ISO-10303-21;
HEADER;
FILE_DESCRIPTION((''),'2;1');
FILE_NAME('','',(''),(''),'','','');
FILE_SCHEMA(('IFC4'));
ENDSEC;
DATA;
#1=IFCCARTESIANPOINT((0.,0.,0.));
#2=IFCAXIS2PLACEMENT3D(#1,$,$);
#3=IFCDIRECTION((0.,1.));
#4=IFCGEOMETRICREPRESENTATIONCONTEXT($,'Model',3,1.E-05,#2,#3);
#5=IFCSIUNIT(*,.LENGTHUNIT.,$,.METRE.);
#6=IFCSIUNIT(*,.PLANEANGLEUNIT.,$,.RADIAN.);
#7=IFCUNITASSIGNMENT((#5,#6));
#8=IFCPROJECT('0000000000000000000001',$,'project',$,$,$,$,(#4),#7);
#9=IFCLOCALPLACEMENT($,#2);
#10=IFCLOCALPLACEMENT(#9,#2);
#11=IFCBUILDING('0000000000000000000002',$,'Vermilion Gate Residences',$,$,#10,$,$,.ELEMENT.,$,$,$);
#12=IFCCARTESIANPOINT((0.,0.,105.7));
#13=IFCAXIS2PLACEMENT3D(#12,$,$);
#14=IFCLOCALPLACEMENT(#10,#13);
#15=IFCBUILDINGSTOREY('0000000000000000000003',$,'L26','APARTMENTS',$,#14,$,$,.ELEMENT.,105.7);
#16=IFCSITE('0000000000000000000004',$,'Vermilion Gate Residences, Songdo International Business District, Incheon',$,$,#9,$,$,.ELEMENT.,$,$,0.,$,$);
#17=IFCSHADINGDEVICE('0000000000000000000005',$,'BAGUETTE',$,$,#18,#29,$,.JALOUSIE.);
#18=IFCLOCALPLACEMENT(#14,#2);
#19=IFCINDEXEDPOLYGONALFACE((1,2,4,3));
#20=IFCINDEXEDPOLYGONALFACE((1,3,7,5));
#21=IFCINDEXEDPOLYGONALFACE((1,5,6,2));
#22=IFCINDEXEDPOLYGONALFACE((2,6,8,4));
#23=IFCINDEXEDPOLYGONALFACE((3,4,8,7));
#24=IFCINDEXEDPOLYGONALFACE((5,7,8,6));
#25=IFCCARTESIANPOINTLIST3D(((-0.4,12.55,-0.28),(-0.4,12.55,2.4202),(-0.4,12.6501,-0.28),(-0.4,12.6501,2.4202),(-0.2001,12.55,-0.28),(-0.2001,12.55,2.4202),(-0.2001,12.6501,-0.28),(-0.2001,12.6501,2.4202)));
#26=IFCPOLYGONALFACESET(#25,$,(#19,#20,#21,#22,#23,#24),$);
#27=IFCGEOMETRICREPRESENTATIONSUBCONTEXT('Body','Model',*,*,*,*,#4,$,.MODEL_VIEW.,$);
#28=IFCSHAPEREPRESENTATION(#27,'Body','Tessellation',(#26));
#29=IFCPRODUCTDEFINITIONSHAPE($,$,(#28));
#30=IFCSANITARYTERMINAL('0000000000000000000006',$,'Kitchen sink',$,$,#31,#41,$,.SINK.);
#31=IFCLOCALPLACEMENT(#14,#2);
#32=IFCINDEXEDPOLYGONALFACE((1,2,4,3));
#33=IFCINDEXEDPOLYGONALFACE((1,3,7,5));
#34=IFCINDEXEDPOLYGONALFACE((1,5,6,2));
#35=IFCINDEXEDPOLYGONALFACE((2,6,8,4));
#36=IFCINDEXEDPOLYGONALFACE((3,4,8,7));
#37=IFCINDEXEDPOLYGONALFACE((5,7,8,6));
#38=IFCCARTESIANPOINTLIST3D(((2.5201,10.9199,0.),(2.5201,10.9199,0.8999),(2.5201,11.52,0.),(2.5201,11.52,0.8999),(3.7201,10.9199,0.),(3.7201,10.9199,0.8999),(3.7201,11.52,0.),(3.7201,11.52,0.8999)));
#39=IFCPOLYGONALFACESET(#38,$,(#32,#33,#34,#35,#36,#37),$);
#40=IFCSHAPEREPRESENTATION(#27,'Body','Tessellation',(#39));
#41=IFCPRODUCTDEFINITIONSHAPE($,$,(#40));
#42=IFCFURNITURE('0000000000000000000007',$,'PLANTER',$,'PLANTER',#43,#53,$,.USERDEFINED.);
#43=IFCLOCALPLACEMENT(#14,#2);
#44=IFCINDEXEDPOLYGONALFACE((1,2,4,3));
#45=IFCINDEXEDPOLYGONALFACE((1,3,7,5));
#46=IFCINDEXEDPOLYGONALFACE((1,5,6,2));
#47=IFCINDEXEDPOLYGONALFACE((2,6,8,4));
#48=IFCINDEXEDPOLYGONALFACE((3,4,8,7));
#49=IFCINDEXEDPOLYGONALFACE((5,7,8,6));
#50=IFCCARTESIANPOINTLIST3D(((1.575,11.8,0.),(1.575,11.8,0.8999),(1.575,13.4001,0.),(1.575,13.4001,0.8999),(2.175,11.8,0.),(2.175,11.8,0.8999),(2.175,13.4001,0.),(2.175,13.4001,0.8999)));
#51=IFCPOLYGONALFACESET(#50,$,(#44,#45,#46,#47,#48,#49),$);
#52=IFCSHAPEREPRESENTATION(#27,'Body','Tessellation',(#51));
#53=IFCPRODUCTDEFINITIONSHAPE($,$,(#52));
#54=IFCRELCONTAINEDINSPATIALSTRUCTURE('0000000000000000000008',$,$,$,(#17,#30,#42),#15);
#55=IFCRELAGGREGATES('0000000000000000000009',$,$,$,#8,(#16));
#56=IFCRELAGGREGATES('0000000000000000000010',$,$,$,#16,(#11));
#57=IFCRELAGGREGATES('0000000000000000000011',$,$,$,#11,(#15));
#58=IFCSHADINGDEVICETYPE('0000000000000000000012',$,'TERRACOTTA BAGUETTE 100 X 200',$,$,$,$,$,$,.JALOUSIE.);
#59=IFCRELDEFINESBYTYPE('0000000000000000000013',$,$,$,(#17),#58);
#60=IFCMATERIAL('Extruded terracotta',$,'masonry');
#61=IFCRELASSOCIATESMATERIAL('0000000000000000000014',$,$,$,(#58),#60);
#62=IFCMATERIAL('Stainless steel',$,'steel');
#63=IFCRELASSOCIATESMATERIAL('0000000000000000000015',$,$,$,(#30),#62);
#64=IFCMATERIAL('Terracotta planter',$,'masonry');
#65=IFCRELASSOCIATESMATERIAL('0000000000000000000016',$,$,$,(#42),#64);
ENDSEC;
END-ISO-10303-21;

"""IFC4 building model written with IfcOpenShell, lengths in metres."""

from ifc_helpers import new_model, si_unit, direction, frame, origin, origin_2d, place, context, subcontext, project, spatial, rectangle, extrude, material, material_profile, profile_set, type_object, element, save


model = new_model("IFC4")

# Units and contexts
model_context = context("Model", 3, precision=1e-05, world=origin(), true_north=direction((0.0, 1.0)))
body_context = subcontext(model_context, "Body", "Model", "MODEL_VIEW")
ifc_project = project(units=[si_unit("LENGTHUNIT", "METRE"), si_unit("PLANEANGLEUNIT", "RADIAN")], contexts=[model_context])

# Site, building, storey
site_placement = place(None, origin())
site = spatial("IfcSite", under=ifc_project, at=site_placement, Name="Vermilion Gate Residences, Songdo International Business District, Incheon", CompositionType="ELEMENT", RefElevation=0.0)
building_placement = place(site_placement, origin())
building = spatial("IfcBuilding", under=site, at=building_placement, Name="Vermilion Gate Residences", CompositionType="ELEMENT")
storey_placement = place(building_placement, frame((0.0, 0.0, 105.7)))
storey = spatial("IfcBuildingStorey", under=building, at=storey_placement, Name="L26", Description="APARTMENTS", CompositionType="ELEMENT", Elevation=105.7)

# Shading device
ifc_material_1 = material(Name="Extruded terracotta", Category="masonry")
ifc_material_profile_1 = material_profile(ifc_material_1, rectangle(XDim=0.2, YDim=0.1001, at=origin_2d()), Name="BAGUETTE 100 X 200")
ifc_profile_set_1 = profile_set([ifc_material_profile_1], Name="Extruded terracotta")
shading_device_type = type_object("IfcShadingDeviceType", Name="TERRACOTTA BAGUETTE 100 X 200", PredefinedType="JALOUSIE", material=ifc_profile_set_1)
shading_device_placement = place(storey_placement, frame((-0.3, 12.6001, -0.28), z_axis=(0.0, 0.0, 1.0), x_axis=(1.0, 0.0, 0.0)))
element("IfcShadingDevice", 1, at=shading_device_placement, inside=storey, type_object=shading_device_type, Name="BAGUETTE", PredefinedType="JALOUSIE", context=body_context, shape_type="SweptSolid", body=[
    extrude(rectangle(XDim=0.2, YDim=0.1001, at=origin_2d()), origin(), (0.0, 0.0, 1.0), 2.7002),
])

# Sanitary terminal
ifc_material_2 = material(Name="Stainless steel", Category="steel")
sanitary_terminal_placement = place(storey_placement, frame((3.1201, 11.22, 0.0), z_axis=(0.0, 0.0, 1.0), x_axis=(1.0, 0.0, 0.0)))
element("IfcSanitaryTerminal", 2, at=sanitary_terminal_placement, inside=storey, material=ifc_material_2, Name="Kitchen sink", PredefinedType="SINK", context=body_context, shape_type="SweptSolid", body=[
    extrude(rectangle(XDim=1.2, YDim=0.6001, at=origin_2d()), origin(), (0.0, 0.0, 1.0), 0.8999),
])

# Furniture
ifc_material_3 = material(Name="Terracotta planter", Category="masonry")
furniture_placement = place(storey_placement, frame((1.875, 12.6001, 0.0), z_axis=(0.0, 0.0, 1.0), x_axis=(0.0, -1.0, 0.0)))
element("IfcFurniture", 3, at=furniture_placement, inside=storey, material=ifc_material_3, Name="PLANTER", ObjectType="PLANTER", PredefinedType="USERDEFINED", context=body_context, shape_type="SweptSolid", body=[
    extrude(rectangle(XDim=1.6001, YDim=0.6001, at=origin_2d()), origin(), (0.0, 0.0, 1.0), 0.8999),
])

save(model, "model.ifc")
